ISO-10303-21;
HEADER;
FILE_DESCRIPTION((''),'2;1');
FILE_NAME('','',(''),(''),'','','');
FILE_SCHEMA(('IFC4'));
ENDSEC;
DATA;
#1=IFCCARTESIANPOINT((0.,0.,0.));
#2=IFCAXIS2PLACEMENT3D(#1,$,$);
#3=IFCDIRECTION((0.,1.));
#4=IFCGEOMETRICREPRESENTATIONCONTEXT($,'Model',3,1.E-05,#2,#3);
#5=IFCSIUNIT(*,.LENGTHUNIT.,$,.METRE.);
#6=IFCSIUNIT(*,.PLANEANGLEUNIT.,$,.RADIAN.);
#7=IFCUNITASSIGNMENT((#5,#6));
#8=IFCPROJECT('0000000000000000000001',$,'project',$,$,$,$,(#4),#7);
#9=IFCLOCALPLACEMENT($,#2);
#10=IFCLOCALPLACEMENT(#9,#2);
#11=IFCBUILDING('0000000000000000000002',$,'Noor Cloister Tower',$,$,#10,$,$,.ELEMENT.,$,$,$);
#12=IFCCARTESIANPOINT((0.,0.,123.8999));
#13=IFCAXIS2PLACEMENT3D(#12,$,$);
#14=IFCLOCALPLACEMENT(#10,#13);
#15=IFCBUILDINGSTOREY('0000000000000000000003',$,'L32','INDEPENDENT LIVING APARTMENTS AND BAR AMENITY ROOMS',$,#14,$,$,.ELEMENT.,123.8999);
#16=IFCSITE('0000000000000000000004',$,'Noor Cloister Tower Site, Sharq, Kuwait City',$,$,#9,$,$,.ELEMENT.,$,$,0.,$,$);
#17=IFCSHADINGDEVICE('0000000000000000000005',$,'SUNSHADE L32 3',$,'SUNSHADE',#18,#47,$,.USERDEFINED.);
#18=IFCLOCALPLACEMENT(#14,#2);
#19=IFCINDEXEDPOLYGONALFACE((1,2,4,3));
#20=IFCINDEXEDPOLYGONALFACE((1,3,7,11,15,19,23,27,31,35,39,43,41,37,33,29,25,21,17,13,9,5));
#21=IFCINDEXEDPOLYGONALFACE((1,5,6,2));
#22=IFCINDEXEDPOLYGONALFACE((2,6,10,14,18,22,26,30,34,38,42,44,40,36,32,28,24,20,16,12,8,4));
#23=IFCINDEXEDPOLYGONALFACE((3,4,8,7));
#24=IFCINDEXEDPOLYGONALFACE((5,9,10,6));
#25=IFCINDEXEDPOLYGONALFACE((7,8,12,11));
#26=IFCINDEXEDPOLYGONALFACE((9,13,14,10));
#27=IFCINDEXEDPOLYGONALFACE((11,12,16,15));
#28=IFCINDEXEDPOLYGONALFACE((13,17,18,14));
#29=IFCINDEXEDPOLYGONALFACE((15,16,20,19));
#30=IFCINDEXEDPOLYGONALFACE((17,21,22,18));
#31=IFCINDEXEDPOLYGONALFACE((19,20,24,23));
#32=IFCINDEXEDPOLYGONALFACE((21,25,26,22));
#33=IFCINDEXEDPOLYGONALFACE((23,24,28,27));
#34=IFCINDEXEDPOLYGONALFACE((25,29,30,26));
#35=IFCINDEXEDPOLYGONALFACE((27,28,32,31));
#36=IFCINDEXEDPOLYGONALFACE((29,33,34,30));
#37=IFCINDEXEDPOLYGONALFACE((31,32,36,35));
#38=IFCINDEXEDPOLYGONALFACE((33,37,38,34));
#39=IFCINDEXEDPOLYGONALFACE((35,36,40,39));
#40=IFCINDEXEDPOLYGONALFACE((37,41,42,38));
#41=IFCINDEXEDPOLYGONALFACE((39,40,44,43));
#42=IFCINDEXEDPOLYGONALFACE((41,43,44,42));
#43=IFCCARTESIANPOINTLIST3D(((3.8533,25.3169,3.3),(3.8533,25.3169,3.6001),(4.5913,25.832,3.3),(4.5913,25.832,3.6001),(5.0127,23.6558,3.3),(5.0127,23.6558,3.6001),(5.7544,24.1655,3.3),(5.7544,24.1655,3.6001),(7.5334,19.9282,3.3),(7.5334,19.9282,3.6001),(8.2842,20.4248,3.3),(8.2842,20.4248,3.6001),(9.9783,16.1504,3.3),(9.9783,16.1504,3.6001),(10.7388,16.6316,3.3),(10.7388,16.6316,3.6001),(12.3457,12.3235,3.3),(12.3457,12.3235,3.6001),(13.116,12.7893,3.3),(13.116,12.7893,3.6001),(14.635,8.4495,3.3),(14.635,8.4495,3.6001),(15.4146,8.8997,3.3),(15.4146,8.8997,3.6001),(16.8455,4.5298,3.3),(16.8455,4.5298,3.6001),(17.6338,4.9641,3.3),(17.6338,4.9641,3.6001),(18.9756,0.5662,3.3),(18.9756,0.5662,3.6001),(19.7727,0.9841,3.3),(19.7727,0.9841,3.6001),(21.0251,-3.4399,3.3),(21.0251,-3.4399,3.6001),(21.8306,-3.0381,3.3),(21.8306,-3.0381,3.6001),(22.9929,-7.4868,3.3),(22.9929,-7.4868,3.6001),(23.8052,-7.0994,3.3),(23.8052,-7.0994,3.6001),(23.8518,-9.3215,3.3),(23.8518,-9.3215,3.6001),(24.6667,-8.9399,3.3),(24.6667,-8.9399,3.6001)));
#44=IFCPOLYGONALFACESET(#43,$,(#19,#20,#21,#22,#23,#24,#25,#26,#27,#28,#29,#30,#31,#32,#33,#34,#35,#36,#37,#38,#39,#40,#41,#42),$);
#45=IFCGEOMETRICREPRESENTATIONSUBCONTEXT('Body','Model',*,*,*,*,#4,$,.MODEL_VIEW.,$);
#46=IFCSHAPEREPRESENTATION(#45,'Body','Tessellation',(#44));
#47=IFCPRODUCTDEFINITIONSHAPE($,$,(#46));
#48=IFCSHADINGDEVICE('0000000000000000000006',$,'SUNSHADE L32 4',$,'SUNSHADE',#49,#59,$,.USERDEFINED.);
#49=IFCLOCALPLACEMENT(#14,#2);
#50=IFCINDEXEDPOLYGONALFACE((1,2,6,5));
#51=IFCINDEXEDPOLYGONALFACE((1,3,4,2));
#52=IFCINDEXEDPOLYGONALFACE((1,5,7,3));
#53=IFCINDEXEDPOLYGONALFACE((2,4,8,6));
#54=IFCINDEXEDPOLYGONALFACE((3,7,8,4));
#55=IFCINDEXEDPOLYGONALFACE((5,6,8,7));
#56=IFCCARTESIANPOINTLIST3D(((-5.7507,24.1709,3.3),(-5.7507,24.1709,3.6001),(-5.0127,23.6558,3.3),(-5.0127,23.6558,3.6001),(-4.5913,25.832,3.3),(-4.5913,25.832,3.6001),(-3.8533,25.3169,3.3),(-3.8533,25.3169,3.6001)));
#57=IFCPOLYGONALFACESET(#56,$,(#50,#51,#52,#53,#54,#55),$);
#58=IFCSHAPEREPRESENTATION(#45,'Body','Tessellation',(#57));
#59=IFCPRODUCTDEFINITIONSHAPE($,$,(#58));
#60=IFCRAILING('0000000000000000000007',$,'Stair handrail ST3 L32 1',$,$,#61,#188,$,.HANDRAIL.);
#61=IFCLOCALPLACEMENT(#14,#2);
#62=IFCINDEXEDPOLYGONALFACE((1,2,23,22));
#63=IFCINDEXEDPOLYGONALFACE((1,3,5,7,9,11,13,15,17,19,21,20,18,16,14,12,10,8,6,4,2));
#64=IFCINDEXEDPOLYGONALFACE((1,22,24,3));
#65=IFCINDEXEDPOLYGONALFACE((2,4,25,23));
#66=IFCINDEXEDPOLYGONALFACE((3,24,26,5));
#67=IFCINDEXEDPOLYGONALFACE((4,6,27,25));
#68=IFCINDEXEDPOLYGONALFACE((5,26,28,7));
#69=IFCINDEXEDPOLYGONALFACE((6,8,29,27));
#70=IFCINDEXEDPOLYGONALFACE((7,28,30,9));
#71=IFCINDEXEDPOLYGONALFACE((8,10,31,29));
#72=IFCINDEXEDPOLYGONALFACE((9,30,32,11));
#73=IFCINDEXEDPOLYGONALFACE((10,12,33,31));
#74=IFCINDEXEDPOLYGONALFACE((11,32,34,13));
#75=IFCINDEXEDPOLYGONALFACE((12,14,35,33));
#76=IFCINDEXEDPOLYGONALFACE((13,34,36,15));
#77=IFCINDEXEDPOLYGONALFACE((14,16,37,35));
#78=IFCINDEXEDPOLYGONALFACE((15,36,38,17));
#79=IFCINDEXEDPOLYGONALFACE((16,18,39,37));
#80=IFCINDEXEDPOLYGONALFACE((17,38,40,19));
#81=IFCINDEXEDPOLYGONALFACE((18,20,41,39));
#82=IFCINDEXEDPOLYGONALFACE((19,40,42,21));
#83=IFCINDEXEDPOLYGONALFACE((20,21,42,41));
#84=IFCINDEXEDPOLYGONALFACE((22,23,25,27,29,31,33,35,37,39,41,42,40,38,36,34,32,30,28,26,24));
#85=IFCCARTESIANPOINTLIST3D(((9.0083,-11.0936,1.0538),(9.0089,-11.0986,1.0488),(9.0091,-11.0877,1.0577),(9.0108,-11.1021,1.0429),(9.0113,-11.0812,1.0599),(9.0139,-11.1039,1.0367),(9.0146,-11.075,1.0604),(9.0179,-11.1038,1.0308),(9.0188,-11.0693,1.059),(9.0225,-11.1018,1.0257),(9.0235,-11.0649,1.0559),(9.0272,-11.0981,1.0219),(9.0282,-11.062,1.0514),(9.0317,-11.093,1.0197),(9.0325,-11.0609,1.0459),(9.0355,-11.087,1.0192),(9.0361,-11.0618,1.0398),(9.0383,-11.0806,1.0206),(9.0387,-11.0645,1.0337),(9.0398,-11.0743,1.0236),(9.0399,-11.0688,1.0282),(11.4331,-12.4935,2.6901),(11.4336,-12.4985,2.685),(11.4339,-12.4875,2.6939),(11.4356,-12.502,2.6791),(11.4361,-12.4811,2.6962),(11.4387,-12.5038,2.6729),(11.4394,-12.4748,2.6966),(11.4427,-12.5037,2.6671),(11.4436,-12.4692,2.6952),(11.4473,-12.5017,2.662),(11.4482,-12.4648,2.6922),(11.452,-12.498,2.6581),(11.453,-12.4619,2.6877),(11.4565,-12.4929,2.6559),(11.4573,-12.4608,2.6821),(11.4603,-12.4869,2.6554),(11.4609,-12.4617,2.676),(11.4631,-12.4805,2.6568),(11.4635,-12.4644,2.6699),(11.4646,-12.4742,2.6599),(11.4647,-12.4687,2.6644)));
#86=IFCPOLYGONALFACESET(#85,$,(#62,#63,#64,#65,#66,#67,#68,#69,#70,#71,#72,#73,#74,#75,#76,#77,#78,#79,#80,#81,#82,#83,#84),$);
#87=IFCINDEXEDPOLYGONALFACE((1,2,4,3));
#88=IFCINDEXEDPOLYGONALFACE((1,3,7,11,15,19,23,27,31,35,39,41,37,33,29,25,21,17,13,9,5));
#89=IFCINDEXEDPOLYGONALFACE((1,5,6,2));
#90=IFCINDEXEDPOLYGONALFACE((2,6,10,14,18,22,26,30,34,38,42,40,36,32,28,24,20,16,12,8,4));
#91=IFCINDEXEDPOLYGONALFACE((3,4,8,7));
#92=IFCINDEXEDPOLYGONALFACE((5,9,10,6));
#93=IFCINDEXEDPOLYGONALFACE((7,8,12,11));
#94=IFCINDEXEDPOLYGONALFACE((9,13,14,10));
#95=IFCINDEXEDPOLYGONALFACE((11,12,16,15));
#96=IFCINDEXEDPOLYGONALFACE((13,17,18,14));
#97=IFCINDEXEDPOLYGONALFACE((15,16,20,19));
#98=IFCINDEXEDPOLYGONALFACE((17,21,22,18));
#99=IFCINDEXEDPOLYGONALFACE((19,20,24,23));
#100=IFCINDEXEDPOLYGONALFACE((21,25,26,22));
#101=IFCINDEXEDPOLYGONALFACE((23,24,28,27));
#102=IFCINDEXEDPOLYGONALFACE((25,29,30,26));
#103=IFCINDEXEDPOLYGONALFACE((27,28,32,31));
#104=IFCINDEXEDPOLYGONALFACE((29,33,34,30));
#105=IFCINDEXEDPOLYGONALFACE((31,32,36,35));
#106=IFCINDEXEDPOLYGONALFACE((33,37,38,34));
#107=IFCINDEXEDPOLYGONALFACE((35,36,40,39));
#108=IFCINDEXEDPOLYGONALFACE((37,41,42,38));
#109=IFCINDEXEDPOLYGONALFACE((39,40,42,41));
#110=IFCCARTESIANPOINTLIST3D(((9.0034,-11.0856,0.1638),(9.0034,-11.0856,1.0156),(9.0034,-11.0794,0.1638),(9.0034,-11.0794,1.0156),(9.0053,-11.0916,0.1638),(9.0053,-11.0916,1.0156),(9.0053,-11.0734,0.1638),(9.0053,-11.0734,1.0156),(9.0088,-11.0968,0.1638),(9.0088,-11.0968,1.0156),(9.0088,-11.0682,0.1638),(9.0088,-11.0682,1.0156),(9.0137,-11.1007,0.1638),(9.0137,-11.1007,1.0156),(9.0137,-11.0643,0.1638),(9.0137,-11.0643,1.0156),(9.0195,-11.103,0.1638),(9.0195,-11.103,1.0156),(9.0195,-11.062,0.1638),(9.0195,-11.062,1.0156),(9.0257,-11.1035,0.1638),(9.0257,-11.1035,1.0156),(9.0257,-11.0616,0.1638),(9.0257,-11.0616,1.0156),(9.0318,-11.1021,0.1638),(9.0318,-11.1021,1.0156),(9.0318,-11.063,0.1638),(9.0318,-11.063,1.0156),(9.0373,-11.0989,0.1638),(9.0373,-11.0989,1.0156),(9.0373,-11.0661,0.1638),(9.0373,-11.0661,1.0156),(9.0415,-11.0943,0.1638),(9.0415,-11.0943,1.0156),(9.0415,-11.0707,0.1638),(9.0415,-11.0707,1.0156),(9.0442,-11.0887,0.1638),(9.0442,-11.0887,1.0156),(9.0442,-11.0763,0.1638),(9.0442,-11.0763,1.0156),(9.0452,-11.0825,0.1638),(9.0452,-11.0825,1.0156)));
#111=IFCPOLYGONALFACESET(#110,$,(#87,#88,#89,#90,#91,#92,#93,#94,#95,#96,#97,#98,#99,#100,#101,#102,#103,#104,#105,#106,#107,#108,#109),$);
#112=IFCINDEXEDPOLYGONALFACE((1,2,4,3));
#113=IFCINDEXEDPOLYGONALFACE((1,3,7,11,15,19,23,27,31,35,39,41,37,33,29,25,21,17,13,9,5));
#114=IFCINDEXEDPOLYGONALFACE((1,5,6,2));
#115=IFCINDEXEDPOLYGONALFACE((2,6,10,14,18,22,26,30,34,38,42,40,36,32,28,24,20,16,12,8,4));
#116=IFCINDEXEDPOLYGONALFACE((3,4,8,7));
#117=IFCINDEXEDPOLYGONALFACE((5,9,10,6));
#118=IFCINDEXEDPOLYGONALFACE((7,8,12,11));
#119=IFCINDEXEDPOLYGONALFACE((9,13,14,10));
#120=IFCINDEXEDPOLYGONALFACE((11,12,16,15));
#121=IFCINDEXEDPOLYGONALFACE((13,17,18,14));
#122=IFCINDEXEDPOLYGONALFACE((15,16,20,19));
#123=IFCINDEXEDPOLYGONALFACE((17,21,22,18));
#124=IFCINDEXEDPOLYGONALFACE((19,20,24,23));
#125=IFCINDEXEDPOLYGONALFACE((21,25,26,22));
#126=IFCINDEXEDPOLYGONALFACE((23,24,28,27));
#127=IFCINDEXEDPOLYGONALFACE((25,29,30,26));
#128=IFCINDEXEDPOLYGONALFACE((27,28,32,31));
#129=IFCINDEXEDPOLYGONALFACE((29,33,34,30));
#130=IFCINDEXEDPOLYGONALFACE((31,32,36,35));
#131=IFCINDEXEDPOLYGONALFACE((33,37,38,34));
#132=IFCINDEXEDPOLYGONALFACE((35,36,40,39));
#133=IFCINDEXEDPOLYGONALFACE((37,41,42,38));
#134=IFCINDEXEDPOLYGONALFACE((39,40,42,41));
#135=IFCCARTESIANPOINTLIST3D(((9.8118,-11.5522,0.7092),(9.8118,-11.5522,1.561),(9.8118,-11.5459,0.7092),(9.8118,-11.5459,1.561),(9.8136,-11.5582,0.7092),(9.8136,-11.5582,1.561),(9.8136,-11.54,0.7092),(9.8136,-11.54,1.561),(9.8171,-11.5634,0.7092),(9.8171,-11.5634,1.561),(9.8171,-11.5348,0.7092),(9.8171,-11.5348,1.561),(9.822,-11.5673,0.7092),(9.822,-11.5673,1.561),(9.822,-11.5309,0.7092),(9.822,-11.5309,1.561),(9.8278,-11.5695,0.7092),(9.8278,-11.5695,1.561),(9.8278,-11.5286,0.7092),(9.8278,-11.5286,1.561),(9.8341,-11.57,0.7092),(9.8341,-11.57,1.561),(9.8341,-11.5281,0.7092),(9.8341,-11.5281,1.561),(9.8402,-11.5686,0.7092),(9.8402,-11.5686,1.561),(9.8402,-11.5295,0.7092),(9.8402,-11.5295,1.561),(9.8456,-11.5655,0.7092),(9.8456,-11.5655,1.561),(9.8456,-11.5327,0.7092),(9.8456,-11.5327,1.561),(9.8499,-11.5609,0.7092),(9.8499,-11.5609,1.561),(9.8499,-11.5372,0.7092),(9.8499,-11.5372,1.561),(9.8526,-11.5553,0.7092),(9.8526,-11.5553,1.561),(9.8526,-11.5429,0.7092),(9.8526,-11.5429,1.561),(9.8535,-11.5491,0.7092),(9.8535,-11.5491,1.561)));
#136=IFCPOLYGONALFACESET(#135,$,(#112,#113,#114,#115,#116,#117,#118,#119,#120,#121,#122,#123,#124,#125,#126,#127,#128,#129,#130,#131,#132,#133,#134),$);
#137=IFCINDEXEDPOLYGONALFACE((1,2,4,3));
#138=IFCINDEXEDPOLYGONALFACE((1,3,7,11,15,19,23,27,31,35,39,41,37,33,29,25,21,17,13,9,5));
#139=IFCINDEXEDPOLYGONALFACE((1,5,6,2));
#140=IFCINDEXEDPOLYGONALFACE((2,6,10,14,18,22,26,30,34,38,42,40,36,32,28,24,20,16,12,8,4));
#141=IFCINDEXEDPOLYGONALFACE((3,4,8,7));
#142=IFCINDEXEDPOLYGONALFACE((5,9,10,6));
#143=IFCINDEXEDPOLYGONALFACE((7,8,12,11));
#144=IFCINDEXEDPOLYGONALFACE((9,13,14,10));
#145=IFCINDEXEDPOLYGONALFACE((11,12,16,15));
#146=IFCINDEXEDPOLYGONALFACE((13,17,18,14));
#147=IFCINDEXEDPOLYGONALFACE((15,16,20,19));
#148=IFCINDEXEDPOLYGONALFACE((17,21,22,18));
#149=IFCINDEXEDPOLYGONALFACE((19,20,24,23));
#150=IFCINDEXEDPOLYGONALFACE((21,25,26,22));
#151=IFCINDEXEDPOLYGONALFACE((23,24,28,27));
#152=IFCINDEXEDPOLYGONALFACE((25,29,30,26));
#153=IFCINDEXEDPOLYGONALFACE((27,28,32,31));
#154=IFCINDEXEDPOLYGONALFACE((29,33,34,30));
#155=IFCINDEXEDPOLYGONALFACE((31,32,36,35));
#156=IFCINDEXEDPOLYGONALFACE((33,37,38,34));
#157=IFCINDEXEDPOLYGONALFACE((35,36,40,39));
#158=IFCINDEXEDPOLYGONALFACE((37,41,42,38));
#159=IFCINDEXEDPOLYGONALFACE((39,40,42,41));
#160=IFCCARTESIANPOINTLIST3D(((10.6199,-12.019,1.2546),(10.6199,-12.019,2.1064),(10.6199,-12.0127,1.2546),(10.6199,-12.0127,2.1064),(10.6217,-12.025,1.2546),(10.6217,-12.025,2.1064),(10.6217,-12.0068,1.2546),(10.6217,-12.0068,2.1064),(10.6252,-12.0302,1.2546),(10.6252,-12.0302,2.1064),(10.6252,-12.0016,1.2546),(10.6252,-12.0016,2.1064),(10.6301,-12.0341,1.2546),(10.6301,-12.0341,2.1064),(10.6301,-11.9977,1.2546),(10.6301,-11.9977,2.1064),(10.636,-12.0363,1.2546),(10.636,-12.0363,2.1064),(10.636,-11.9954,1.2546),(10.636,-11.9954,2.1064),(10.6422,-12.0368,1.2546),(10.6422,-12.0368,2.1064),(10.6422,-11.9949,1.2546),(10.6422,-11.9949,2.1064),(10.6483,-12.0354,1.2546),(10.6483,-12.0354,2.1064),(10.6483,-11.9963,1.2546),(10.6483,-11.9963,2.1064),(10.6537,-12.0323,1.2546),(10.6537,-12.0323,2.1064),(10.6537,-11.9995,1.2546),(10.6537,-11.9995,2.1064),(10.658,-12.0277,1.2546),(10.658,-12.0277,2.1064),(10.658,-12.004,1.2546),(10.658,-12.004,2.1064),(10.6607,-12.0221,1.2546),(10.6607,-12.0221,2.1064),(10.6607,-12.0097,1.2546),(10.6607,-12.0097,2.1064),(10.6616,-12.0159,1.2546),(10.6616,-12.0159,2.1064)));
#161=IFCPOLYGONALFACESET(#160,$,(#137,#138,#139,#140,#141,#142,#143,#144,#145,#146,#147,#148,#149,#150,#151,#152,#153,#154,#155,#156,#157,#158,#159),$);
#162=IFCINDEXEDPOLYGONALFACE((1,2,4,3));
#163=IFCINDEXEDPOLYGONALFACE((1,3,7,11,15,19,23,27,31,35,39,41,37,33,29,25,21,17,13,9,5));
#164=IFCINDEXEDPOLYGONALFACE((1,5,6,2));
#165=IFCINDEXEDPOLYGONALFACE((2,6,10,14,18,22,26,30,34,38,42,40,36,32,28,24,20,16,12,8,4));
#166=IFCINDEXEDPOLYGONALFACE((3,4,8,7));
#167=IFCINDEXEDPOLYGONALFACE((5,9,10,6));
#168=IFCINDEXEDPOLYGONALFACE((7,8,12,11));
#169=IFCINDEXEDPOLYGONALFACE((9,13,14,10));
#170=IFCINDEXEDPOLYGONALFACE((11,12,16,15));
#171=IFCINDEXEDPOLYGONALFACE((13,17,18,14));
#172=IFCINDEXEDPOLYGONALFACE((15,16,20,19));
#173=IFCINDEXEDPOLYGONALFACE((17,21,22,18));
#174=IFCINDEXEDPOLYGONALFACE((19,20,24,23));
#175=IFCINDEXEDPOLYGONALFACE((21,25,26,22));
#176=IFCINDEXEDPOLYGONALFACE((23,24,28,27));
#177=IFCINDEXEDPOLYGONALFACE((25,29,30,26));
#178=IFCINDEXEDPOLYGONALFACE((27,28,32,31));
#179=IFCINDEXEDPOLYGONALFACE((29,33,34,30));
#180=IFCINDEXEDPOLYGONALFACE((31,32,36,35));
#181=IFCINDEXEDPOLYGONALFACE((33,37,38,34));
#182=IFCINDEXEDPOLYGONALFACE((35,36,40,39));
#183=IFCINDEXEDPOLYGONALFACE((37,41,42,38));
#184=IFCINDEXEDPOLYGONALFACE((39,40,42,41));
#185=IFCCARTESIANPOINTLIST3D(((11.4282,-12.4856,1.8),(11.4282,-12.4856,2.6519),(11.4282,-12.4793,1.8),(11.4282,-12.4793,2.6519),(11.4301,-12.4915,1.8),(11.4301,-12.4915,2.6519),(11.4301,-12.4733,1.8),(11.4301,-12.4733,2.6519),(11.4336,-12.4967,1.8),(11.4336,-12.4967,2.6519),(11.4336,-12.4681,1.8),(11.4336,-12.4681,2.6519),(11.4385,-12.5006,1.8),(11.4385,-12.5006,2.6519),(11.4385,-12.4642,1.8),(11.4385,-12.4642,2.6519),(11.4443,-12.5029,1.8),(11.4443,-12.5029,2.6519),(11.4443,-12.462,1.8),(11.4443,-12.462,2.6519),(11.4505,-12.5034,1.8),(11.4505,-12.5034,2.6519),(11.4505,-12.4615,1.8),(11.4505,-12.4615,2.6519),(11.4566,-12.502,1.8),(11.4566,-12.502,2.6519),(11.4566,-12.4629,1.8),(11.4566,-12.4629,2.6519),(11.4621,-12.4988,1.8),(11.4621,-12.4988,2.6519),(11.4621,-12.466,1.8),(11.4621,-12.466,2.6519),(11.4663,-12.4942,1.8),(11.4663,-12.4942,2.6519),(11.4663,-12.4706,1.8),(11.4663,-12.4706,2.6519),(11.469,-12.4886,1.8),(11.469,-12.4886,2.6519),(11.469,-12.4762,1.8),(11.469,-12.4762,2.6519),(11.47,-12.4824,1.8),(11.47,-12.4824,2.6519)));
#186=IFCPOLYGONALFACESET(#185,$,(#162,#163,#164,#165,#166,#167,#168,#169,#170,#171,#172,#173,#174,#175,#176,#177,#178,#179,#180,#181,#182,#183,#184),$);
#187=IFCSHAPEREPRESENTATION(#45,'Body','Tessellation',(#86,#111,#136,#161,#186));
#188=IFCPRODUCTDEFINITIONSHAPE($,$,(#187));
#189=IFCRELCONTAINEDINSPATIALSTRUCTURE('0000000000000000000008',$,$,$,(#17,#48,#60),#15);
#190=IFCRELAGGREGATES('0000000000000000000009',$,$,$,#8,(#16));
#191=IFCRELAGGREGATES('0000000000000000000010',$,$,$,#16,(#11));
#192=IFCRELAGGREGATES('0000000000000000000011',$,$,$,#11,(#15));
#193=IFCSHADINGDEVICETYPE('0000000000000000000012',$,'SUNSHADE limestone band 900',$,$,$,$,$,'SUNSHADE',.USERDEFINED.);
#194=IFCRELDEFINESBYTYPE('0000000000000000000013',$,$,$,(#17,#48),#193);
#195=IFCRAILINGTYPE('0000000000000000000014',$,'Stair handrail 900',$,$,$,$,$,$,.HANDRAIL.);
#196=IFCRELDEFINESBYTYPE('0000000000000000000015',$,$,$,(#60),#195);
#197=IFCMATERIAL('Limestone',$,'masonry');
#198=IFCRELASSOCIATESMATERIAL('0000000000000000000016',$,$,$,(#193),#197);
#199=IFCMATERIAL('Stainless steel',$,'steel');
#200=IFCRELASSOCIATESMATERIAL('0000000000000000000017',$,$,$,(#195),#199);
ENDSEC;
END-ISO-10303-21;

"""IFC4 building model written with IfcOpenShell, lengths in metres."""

from ifc_helpers import new_model, si_unit, direction, frame, origin, origin_2d, place, context, subcontext, project, spatial, polyline, circle, outline, extrude, material, type_object, element, save


model = new_model("IFC4")

# Units and contexts
model_context = context("Model", 3, precision=1e-05, world=origin(), true_north=direction((0.0, 1.0)))
body_context = subcontext(model_context, "Body", "Model", "MODEL_VIEW")
ifc_project = project(units=[si_unit("LENGTHUNIT", "METRE"), si_unit("PLANEANGLEUNIT", "RADIAN")], contexts=[model_context])

# Site, building, storey
site_placement = place(None, origin())
site = spatial("IfcSite", under=ifc_project, at=site_placement, Name="Noor Cloister Tower Site, Sharq, Kuwait City", CompositionType="ELEMENT", RefElevation=0.0)
building_placement = place(site_placement, origin())
building = spatial("IfcBuilding", under=site, at=building_placement, Name="Noor Cloister Tower", CompositionType="ELEMENT")
storey_placement = place(building_placement, frame((0.0, 0.0, 123.8999)))
storey = spatial("IfcBuildingStorey", under=building, at=storey_placement, Name="L32", Description="INDEPENDENT LIVING APARTMENTS AND BAR AMENITY ROOMS", CompositionType="ELEMENT", Elevation=123.8999)

# Shading devices
ifc_material_1 = material(Name="Limestone", Category="masonry")
shading_device_type = type_object("IfcShadingDeviceType", Name="SUNSHADE limestone band 900", ElementType="SUNSHADE", PredefinedType="USERDEFINED", material=ifc_material_1)
shading_device_1_placement = place(storey_placement, frame((0.0, 0.0, 3.3)))
element("IfcShadingDevice", 1, at=shading_device_1_placement, inside=storey, type_object=shading_device_type, Name="SUNSHADE L32 3", ObjectType="SUNSHADE", PredefinedType="USERDEFINED", context=body_context, shape_type="SweptSolid", body=[
    extrude(outline(polyline([(24.6667, -8.9399), (23.8052, -7.0994), (21.8306, -3.0381), (19.7727, 0.9841), (17.6338, 4.9641), (15.4146, 8.8997), (13.116, 12.7893), (10.7388, 16.6316), (8.2842, 20.4248), (5.7544, 24.1655), (4.5913, 25.832), (3.8533, 25.3169), (5.0127, 23.6558), (7.5334, 19.9282), (9.9783, 16.1504), (12.3457, 12.3235), (14.635, 8.4495), (16.8455, 4.5298), (18.9756, 0.5662), (21.0251, -3.4399), (22.9929, -7.4868), (23.8518, -9.3215), (24.6667, -8.9399)])), origin(), (0.0, 0.0, 1.0), 0.3),
])
shading_device_2_placement = place(storey_placement, frame((0.0, 0.0, 3.3)))
element("IfcShadingDevice", 2, at=shading_device_2_placement, inside=storey, type_object=shading_device_type, Name="SUNSHADE L32 4", ObjectType="SUNSHADE", PredefinedType="USERDEFINED", context=body_context, shape_type="SweptSolid", body=[
    extrude(outline(polyline([(-4.5913, 25.832), (-5.7507, 24.1709), (-5.0127, 23.6558), (-3.8533, 25.3169), (-4.5913, 25.832)])), origin(), (0.0, 0.0, 1.0), 0.3),
])

# Railing
ifc_material_2 = material(Name="Stainless steel", Category="steel")
railing_type = type_object("IfcRailingType", Name="Stair handrail 900", PredefinedType="HANDRAIL", material=ifc_material_2)
railing_placement = place(storey_placement, frame((9.0242, -11.0825, 0.1638)))
element("IfcRailing", 3, at=railing_placement, inside=storey, type_object=railing_type, Name="Stair handrail ST3 L32 1", PredefinedType="HANDRAIL", context=body_context, shape_type="SweptSolid", body=[
    extrude(circle(Radius=0.0239, at=origin_2d()), frame((0.0, 0.0, 0.876), z_axis=(0.747718, -0.431677, 0.504552), x_axis=(0.499984, 0.866035, 0.0)), (0.0, 0.0, 1.0), 3.2429),
    extrude(circle(Radius=0.021, at=origin_2d()), origin(), (0.0, 0.0, 1.0), 0.8518),
    extrude(circle(Radius=0.021, at=origin_2d()), frame((0.8083, -0.4666, 0.5454)), (0.0, 0.0, 1.0), 0.8518),
    extrude(circle(Radius=0.021, at=origin_2d()), frame((1.6165, -0.9333, 1.0908)), (0.0, 0.0, 1.0), 0.8518),
    extrude(circle(Radius=0.021, at=origin_2d()), frame((2.4248, -1.3999, 1.6362)), (0.0, 0.0, 1.0), 0.8518),
])

save(model, "model.ifc")
